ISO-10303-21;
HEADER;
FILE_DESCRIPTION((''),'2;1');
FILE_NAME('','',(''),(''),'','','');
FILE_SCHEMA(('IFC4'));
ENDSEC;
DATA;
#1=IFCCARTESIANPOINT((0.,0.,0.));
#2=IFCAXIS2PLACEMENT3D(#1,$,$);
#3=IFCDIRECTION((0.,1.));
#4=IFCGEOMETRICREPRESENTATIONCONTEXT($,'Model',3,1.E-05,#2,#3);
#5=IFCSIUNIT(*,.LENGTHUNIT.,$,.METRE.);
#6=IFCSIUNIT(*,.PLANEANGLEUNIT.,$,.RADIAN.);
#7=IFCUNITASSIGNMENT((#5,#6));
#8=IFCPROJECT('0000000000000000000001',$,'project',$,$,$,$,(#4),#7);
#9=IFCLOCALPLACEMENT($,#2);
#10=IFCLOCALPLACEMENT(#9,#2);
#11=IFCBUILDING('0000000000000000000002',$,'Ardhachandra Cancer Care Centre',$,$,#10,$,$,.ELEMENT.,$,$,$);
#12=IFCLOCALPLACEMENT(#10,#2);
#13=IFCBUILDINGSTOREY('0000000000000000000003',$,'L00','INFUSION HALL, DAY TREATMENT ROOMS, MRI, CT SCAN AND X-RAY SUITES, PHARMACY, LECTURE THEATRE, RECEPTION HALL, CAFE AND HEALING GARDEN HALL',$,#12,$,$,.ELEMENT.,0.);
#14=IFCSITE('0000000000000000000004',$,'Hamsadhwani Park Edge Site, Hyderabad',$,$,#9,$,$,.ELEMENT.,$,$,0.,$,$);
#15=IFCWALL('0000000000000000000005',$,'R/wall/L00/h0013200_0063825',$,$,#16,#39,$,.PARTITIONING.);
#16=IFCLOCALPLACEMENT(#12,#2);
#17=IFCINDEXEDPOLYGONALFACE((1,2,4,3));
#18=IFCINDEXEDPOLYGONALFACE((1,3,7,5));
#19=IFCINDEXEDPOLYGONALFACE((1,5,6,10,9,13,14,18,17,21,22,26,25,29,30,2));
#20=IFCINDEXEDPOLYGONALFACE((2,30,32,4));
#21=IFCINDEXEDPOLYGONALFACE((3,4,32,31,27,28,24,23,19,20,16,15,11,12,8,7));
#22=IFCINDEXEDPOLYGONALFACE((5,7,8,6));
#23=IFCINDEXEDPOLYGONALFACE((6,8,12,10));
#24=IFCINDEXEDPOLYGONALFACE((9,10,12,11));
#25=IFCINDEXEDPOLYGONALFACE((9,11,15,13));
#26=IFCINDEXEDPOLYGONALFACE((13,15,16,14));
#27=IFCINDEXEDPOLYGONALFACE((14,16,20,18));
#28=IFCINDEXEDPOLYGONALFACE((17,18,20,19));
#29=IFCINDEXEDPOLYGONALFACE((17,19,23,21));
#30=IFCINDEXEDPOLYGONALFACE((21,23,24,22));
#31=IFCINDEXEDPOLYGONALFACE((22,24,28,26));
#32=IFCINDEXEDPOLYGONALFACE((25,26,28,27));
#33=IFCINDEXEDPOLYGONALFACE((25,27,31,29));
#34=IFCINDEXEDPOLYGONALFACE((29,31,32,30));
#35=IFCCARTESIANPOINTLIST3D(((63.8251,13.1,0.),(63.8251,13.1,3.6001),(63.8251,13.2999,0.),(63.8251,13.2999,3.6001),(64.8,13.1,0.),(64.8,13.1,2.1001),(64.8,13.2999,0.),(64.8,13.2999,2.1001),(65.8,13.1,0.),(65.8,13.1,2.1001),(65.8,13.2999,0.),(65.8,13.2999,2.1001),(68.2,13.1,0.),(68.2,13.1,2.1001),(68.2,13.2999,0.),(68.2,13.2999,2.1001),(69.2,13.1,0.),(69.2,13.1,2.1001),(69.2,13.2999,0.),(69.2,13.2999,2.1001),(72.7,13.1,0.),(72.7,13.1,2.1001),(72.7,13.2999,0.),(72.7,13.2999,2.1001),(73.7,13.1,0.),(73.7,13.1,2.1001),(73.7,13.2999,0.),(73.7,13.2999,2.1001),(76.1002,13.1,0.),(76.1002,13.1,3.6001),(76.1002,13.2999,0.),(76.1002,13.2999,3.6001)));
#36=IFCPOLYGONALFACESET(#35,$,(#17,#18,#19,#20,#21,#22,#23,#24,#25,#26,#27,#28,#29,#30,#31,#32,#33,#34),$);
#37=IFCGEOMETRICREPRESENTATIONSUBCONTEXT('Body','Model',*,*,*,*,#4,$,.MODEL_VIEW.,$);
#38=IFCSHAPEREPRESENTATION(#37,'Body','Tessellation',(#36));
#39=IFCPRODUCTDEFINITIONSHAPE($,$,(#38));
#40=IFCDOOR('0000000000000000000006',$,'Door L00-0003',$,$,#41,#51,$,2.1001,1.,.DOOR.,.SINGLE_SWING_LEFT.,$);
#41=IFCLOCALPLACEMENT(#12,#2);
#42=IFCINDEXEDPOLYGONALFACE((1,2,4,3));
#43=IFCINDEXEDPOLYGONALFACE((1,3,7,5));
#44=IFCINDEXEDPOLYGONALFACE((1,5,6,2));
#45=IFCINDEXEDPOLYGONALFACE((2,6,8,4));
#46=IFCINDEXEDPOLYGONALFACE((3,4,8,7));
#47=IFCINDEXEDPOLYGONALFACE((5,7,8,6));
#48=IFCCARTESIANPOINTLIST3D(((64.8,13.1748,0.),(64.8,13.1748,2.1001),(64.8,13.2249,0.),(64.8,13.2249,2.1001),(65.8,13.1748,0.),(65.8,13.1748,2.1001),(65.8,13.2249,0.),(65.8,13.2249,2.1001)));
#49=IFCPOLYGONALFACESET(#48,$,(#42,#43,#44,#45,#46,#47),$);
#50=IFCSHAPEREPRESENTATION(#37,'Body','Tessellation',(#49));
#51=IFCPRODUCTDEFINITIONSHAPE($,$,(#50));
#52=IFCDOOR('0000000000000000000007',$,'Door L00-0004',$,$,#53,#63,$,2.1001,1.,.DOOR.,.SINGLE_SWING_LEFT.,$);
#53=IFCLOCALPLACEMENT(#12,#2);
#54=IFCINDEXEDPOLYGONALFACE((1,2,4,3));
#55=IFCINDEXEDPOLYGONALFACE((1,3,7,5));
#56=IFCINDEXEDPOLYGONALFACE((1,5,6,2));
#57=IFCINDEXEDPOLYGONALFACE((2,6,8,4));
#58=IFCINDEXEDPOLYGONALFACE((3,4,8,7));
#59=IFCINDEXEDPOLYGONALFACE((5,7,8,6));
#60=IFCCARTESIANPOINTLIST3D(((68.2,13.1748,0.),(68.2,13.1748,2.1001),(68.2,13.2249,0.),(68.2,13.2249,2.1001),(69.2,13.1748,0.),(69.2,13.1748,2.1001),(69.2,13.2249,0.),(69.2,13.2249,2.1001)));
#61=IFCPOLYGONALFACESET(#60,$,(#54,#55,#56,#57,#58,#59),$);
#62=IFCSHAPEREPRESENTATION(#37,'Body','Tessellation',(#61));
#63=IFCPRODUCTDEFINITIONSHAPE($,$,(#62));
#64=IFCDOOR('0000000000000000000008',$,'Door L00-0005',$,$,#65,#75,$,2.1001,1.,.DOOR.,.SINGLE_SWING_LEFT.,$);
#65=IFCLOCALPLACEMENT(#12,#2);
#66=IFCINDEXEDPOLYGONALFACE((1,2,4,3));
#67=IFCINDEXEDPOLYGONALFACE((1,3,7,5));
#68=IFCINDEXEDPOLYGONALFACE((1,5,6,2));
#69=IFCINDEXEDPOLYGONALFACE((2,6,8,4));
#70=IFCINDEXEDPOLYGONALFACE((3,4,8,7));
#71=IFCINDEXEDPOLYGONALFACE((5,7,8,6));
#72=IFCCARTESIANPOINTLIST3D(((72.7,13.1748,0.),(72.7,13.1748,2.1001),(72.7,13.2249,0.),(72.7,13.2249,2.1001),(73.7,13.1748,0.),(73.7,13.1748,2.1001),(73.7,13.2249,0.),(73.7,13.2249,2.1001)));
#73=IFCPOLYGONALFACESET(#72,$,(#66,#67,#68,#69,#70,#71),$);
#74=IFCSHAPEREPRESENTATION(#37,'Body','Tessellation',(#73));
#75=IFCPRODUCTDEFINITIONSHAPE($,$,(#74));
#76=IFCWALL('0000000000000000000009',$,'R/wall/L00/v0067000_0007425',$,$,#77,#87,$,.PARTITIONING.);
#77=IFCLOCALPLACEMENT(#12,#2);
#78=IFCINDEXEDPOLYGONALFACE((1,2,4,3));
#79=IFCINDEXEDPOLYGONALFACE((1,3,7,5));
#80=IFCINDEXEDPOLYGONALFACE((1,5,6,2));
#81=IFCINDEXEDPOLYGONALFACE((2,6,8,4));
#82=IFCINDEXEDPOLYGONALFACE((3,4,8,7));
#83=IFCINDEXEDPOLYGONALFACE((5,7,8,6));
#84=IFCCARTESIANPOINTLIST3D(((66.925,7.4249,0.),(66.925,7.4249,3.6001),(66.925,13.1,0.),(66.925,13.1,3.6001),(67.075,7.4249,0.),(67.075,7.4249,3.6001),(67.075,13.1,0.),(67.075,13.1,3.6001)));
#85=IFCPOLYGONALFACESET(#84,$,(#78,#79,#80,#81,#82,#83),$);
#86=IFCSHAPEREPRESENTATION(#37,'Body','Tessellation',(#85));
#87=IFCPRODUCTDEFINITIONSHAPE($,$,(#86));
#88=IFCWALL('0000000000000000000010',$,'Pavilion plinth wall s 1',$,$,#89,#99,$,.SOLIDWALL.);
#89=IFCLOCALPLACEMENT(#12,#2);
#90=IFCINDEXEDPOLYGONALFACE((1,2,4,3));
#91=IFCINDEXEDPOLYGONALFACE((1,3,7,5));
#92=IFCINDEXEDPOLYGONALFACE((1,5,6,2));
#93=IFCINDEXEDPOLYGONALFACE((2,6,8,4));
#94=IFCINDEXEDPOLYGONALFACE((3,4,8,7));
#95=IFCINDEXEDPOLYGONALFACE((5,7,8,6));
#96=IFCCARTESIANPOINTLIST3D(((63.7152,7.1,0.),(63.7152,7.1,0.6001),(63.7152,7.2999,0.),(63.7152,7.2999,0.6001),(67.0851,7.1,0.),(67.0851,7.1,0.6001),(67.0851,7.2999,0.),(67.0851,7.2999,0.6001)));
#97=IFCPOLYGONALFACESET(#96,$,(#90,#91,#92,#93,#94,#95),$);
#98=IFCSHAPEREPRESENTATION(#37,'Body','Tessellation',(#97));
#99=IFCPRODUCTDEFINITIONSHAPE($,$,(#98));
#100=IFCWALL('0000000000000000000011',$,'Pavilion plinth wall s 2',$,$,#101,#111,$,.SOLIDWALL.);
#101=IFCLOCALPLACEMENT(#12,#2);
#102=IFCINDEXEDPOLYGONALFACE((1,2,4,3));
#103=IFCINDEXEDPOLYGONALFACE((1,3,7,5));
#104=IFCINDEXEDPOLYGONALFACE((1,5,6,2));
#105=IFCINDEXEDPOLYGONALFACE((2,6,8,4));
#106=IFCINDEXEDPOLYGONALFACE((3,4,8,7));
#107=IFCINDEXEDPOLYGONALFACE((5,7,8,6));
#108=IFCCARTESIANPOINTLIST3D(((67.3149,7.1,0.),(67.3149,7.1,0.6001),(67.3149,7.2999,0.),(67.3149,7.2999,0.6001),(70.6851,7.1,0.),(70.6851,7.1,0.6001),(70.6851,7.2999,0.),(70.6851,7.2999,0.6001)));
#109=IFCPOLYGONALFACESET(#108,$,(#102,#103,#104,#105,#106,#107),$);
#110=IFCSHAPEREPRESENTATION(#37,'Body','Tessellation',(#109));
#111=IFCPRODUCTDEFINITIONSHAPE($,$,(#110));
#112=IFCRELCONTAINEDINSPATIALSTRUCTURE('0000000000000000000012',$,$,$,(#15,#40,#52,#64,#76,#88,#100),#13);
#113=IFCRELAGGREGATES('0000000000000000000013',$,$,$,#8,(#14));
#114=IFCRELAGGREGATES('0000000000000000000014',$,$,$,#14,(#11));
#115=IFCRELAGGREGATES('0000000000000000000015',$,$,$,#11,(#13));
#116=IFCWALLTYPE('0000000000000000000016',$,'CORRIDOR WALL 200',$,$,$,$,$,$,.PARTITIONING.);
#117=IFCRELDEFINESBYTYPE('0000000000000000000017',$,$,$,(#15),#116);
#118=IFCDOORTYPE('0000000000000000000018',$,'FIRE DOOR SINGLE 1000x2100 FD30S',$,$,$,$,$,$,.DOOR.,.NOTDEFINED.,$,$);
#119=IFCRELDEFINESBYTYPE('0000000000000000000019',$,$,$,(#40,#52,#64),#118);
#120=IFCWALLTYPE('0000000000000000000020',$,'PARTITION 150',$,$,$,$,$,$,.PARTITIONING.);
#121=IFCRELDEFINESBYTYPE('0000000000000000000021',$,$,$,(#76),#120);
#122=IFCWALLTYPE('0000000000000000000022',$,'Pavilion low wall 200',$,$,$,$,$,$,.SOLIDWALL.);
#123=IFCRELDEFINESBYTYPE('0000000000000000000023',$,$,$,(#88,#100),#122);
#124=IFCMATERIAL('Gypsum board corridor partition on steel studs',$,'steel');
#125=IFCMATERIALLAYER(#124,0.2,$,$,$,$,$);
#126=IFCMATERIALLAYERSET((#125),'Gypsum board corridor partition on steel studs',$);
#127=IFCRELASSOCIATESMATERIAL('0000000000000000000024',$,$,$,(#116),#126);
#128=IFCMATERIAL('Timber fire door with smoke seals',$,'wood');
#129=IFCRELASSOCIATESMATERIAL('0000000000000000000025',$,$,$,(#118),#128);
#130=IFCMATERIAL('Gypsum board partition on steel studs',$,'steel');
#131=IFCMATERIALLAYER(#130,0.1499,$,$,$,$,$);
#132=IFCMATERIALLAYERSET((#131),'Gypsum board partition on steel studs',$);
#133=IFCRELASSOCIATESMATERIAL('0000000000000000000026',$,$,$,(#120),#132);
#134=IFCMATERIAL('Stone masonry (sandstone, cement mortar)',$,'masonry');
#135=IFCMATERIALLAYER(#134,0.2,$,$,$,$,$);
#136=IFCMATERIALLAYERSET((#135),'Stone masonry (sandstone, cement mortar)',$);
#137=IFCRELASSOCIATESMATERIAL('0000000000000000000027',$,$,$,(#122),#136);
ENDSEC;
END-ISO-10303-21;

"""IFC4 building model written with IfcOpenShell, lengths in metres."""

from ifc_helpers import new_model, si_unit, direction, frame, frame_2d, origin, place, context, subcontext, project, spatial, rectangle, extrude, material, layer, layer_set, type_object, element, fill, save


model = new_model("IFC4")

# Units and contexts
model_context = context("Model", 3, precision=1e-05, world=origin(), true_north=direction((0.0, 1.0)))
body_context = subcontext(model_context, "Body", "Model", "MODEL_VIEW")
ifc_project = project(units=[si_unit("LENGTHUNIT", "METRE"), si_unit("PLANEANGLEUNIT", "RADIAN")], contexts=[model_context])

# Site, building, storey
site_placement = place(None, origin())
site = spatial("IfcSite", under=ifc_project, at=site_placement, Name="Hamsadhwani Park Edge Site, Hyderabad", CompositionType="ELEMENT", RefElevation=0.0)
building_placement = place(site_placement, origin())
building = spatial("IfcBuilding", under=site, at=building_placement, Name="Ardhachandra Cancer Care Centre", CompositionType="ELEMENT")
storey_placement = place(building_placement, origin())
storey = spatial("IfcBuildingStorey", under=building, at=storey_placement, Name="L00", Description="INFUSION HALL, DAY TREATMENT ROOMS, MRI, CT SCAN AND X-RAY SUITES, PHARMACY, LECTURE THEATRE, RECEPTION HALL, CAFE AND HEALING GARDEN HALL", CompositionType="ELEMENT", Elevation=0.0)

# Wall, openings, doors
ifc_material_1 = material(Name="Gypsum board corridor partition on steel studs", Category="steel")
ifc_layer_1 = layer(ifc_material_1, 0.2)
ifc_layer_set_1 = layer_set([ifc_layer_1], Name="Gypsum board corridor partition on steel studs")
wall_type_1 = type_object("IfcWallType", Name="CORRIDOR WALL 200", PredefinedType="PARTITIONING", material=ifc_layer_set_1)
wall_1_placement = place(storey_placement, frame((63.825, 13.2, 0.0), z_axis=(0.0, 0.0, 1.0), x_axis=(1.0, 0.0, 0.0)))
wall_1 = element("IfcWall", 1, at=wall_1_placement, inside=storey, type_object=wall_type_1, Name="R/wall/L00/h0013200_0063825", PredefinedType="PARTITIONING", context=body_context, shape_type="SweptSolid", body=[
    extrude(rectangle(XDim=12.2751, YDim=0.2, at=frame_2d((6.1377, 0.0))), origin(), (0.0, 0.0, 1.0), 3.6001),
])
opening_1_placement = place(wall_1_placement, frame((0.9751, 0.0, 0.0)))
opening_1 = element("IfcOpeningElement", 2, at=opening_1_placement, cuts=wall_1, PredefinedType="OPENING", context=body_context, shape_type="SweptSolid", body=[
    extrude(rectangle(XDim=1.0, YDim=2.1001, at=frame_2d((0.5, 1.05))), frame((0.0, 0.1099, 0.0), z_axis=(0.0, -1.0, 0.0), x_axis=(1.0, 0.0, 0.0)), (0.0, 0.0, 1.0), 0.22),
])
opening_2_placement = place(wall_1_placement, frame((4.375, 0.0, 0.0)))
opening_2 = element("IfcOpeningElement", 3, at=opening_2_placement, cuts=wall_1, PredefinedType="OPENING", context=body_context, shape_type="SweptSolid", body=[
    extrude(rectangle(XDim=1.0, YDim=2.1001, at=frame_2d((0.5, 1.05))), frame((0.0, 0.1099, 0.0), z_axis=(0.0, -1.0, 0.0), x_axis=(1.0, 0.0, 0.0)), (0.0, 0.0, 1.0), 0.22),
])
opening_3_placement = place(wall_1_placement, frame((8.875, 0.0, 0.0)))
opening_3 = element("IfcOpeningElement", 4, at=opening_3_placement, cuts=wall_1, PredefinedType="OPENING", context=body_context, shape_type="SweptSolid", body=[
    extrude(rectangle(XDim=1.0, YDim=2.1001, at=frame_2d((0.5, 1.05))), frame((0.0, 0.1099, 0.0), z_axis=(0.0, -1.0, 0.0), x_axis=(1.0, 0.0, 0.0)), (0.0, 0.0, 1.0), 0.22),
])
ifc_material_2 = material(Name="Timber fire door with smoke seals", Category="wood")
door_type = type_object("IfcDoorType", Name="FIRE DOOR SINGLE 1000x2100 FD30S", OperationType="NOTDEFINED", PredefinedType="DOOR", material=ifc_material_2)
door_1_placement = place(opening_1_placement, origin())
door_1 = element("IfcDoor", 5, at=door_1_placement, inside=storey, type_object=door_type, Name="Door L00-0003", OperationType="SINGLE_SWING_LEFT", OverallHeight=2.1001, OverallWidth=1.0, PredefinedType="DOOR", context=body_context, shape_type="SweptSolid", body=[
    extrude(rectangle(XDim=1.0, YDim=2.1001, at=frame_2d((0.5, 1.05))), frame((0.0, 0.0249, 0.0), z_axis=(0.0, -1.0, 0.0), x_axis=(1.0, 0.0, 0.0)), (0.0, 0.0, 1.0), 0.05),
])
fill(opening_1, door_1)
door_2_placement = place(opening_2_placement, origin())
door_2 = element("IfcDoor", 6, at=door_2_placement, inside=storey, type_object=door_type, Name="Door L00-0004", OperationType="SINGLE_SWING_LEFT", OverallHeight=2.1001, OverallWidth=1.0, PredefinedType="DOOR", context=body_context, shape_type="SweptSolid", body=[
    extrude(rectangle(XDim=1.0, YDim=2.1001, at=frame_2d((0.5, 1.05))), frame((0.0, 0.0249, 0.0), z_axis=(0.0, -1.0, 0.0), x_axis=(1.0, 0.0, 0.0)), (0.0, 0.0, 1.0), 0.05),
])
fill(opening_2, door_2)
door_3_placement = place(opening_3_placement, origin())
door_3 = element("IfcDoor", 7, at=door_3_placement, inside=storey, type_object=door_type, Name="Door L00-0005", OperationType="SINGLE_SWING_LEFT", OverallHeight=2.1001, OverallWidth=1.0, PredefinedType="DOOR", context=body_context, shape_type="SweptSolid", body=[
    extrude(rectangle(XDim=1.0, YDim=2.1001, at=frame_2d((0.5, 1.05))), frame((0.0, 0.0249, 0.0), z_axis=(0.0, -1.0, 0.0), x_axis=(1.0, 0.0, 0.0)), (0.0, 0.0, 1.0), 0.05),
])
fill(opening_3, door_3)

# Walls
ifc_material_3 = material(Name="Gypsum board partition on steel studs", Category="steel")
ifc_layer_2 = layer(ifc_material_3, 0.1499)
ifc_layer_set_2 = layer_set([ifc_layer_2], Name="Gypsum board partition on steel studs")
wall_type_2 = type_object("IfcWallType", Name="PARTITION 150", PredefinedType="PARTITIONING", material=ifc_layer_set_2)
wall_2_placement = place(storey_placement, frame((67.0, 7.425, 0.0), z_axis=(0.0, 0.0, 1.0), x_axis=(0.0, 1.0, 0.0)))
element("IfcWall", 8, at=wall_2_placement, inside=storey, type_object=wall_type_2, Name="R/wall/L00/v0067000_0007425", PredefinedType="PARTITIONING", context=body_context, shape_type="SweptSolid", body=[
    extrude(rectangle(XDim=5.675, YDim=0.1499, at=frame_2d((2.8374, 0.0))), origin(), (0.0, 0.0, 1.0), 3.6001),
])
ifc_material_4 = material(Name="Stone masonry (sandstone, cement mortar)", Category="masonry")
ifc_layer_3 = layer(ifc_material_4, 0.2)
ifc_layer_set_3 = layer_set([ifc_layer_3], Name="Stone masonry (sandstone, cement mortar)")
wall_type_3 = type_object("IfcWallType", Name="Pavilion low wall 200", PredefinedType="SOLIDWALL", material=ifc_layer_set_3)
wall_3_placement = place(storey_placement, frame((63.7151, 7.2, 0.0), z_axis=(0.0, 0.0, 1.0), x_axis=(1.0, 0.0, 0.0)))
element("IfcWall", 9, at=wall_3_placement, inside=storey, type_object=wall_type_3, Name="Pavilion plinth wall s 1", PredefinedType="SOLIDWALL", context=body_context, shape_type="SweptSolid", body=[
    extrude(rectangle(XDim=3.3699, YDim=0.2, at=frame_2d((1.6851, 0.0))), origin(), (0.0, 0.0, 1.0), 0.6001),
])
wall_4_placement = place(storey_placement, frame((67.3149, 7.2, 0.0), z_axis=(0.0, 0.0, 1.0), x_axis=(1.0, 0.0, 0.0)))
element("IfcWall", 10, at=wall_4_placement, inside=storey, type_object=wall_type_3, Name="Pavilion plinth wall s 2", PredefinedType="SOLIDWALL", context=body_context, shape_type="SweptSolid", body=[
    extrude(rectangle(XDim=3.3701, YDim=0.2, at=frame_2d((1.6851, 0.0))), origin(), (0.0, 0.0, 1.0), 0.6001),
])

save(model, "model.ifc")
